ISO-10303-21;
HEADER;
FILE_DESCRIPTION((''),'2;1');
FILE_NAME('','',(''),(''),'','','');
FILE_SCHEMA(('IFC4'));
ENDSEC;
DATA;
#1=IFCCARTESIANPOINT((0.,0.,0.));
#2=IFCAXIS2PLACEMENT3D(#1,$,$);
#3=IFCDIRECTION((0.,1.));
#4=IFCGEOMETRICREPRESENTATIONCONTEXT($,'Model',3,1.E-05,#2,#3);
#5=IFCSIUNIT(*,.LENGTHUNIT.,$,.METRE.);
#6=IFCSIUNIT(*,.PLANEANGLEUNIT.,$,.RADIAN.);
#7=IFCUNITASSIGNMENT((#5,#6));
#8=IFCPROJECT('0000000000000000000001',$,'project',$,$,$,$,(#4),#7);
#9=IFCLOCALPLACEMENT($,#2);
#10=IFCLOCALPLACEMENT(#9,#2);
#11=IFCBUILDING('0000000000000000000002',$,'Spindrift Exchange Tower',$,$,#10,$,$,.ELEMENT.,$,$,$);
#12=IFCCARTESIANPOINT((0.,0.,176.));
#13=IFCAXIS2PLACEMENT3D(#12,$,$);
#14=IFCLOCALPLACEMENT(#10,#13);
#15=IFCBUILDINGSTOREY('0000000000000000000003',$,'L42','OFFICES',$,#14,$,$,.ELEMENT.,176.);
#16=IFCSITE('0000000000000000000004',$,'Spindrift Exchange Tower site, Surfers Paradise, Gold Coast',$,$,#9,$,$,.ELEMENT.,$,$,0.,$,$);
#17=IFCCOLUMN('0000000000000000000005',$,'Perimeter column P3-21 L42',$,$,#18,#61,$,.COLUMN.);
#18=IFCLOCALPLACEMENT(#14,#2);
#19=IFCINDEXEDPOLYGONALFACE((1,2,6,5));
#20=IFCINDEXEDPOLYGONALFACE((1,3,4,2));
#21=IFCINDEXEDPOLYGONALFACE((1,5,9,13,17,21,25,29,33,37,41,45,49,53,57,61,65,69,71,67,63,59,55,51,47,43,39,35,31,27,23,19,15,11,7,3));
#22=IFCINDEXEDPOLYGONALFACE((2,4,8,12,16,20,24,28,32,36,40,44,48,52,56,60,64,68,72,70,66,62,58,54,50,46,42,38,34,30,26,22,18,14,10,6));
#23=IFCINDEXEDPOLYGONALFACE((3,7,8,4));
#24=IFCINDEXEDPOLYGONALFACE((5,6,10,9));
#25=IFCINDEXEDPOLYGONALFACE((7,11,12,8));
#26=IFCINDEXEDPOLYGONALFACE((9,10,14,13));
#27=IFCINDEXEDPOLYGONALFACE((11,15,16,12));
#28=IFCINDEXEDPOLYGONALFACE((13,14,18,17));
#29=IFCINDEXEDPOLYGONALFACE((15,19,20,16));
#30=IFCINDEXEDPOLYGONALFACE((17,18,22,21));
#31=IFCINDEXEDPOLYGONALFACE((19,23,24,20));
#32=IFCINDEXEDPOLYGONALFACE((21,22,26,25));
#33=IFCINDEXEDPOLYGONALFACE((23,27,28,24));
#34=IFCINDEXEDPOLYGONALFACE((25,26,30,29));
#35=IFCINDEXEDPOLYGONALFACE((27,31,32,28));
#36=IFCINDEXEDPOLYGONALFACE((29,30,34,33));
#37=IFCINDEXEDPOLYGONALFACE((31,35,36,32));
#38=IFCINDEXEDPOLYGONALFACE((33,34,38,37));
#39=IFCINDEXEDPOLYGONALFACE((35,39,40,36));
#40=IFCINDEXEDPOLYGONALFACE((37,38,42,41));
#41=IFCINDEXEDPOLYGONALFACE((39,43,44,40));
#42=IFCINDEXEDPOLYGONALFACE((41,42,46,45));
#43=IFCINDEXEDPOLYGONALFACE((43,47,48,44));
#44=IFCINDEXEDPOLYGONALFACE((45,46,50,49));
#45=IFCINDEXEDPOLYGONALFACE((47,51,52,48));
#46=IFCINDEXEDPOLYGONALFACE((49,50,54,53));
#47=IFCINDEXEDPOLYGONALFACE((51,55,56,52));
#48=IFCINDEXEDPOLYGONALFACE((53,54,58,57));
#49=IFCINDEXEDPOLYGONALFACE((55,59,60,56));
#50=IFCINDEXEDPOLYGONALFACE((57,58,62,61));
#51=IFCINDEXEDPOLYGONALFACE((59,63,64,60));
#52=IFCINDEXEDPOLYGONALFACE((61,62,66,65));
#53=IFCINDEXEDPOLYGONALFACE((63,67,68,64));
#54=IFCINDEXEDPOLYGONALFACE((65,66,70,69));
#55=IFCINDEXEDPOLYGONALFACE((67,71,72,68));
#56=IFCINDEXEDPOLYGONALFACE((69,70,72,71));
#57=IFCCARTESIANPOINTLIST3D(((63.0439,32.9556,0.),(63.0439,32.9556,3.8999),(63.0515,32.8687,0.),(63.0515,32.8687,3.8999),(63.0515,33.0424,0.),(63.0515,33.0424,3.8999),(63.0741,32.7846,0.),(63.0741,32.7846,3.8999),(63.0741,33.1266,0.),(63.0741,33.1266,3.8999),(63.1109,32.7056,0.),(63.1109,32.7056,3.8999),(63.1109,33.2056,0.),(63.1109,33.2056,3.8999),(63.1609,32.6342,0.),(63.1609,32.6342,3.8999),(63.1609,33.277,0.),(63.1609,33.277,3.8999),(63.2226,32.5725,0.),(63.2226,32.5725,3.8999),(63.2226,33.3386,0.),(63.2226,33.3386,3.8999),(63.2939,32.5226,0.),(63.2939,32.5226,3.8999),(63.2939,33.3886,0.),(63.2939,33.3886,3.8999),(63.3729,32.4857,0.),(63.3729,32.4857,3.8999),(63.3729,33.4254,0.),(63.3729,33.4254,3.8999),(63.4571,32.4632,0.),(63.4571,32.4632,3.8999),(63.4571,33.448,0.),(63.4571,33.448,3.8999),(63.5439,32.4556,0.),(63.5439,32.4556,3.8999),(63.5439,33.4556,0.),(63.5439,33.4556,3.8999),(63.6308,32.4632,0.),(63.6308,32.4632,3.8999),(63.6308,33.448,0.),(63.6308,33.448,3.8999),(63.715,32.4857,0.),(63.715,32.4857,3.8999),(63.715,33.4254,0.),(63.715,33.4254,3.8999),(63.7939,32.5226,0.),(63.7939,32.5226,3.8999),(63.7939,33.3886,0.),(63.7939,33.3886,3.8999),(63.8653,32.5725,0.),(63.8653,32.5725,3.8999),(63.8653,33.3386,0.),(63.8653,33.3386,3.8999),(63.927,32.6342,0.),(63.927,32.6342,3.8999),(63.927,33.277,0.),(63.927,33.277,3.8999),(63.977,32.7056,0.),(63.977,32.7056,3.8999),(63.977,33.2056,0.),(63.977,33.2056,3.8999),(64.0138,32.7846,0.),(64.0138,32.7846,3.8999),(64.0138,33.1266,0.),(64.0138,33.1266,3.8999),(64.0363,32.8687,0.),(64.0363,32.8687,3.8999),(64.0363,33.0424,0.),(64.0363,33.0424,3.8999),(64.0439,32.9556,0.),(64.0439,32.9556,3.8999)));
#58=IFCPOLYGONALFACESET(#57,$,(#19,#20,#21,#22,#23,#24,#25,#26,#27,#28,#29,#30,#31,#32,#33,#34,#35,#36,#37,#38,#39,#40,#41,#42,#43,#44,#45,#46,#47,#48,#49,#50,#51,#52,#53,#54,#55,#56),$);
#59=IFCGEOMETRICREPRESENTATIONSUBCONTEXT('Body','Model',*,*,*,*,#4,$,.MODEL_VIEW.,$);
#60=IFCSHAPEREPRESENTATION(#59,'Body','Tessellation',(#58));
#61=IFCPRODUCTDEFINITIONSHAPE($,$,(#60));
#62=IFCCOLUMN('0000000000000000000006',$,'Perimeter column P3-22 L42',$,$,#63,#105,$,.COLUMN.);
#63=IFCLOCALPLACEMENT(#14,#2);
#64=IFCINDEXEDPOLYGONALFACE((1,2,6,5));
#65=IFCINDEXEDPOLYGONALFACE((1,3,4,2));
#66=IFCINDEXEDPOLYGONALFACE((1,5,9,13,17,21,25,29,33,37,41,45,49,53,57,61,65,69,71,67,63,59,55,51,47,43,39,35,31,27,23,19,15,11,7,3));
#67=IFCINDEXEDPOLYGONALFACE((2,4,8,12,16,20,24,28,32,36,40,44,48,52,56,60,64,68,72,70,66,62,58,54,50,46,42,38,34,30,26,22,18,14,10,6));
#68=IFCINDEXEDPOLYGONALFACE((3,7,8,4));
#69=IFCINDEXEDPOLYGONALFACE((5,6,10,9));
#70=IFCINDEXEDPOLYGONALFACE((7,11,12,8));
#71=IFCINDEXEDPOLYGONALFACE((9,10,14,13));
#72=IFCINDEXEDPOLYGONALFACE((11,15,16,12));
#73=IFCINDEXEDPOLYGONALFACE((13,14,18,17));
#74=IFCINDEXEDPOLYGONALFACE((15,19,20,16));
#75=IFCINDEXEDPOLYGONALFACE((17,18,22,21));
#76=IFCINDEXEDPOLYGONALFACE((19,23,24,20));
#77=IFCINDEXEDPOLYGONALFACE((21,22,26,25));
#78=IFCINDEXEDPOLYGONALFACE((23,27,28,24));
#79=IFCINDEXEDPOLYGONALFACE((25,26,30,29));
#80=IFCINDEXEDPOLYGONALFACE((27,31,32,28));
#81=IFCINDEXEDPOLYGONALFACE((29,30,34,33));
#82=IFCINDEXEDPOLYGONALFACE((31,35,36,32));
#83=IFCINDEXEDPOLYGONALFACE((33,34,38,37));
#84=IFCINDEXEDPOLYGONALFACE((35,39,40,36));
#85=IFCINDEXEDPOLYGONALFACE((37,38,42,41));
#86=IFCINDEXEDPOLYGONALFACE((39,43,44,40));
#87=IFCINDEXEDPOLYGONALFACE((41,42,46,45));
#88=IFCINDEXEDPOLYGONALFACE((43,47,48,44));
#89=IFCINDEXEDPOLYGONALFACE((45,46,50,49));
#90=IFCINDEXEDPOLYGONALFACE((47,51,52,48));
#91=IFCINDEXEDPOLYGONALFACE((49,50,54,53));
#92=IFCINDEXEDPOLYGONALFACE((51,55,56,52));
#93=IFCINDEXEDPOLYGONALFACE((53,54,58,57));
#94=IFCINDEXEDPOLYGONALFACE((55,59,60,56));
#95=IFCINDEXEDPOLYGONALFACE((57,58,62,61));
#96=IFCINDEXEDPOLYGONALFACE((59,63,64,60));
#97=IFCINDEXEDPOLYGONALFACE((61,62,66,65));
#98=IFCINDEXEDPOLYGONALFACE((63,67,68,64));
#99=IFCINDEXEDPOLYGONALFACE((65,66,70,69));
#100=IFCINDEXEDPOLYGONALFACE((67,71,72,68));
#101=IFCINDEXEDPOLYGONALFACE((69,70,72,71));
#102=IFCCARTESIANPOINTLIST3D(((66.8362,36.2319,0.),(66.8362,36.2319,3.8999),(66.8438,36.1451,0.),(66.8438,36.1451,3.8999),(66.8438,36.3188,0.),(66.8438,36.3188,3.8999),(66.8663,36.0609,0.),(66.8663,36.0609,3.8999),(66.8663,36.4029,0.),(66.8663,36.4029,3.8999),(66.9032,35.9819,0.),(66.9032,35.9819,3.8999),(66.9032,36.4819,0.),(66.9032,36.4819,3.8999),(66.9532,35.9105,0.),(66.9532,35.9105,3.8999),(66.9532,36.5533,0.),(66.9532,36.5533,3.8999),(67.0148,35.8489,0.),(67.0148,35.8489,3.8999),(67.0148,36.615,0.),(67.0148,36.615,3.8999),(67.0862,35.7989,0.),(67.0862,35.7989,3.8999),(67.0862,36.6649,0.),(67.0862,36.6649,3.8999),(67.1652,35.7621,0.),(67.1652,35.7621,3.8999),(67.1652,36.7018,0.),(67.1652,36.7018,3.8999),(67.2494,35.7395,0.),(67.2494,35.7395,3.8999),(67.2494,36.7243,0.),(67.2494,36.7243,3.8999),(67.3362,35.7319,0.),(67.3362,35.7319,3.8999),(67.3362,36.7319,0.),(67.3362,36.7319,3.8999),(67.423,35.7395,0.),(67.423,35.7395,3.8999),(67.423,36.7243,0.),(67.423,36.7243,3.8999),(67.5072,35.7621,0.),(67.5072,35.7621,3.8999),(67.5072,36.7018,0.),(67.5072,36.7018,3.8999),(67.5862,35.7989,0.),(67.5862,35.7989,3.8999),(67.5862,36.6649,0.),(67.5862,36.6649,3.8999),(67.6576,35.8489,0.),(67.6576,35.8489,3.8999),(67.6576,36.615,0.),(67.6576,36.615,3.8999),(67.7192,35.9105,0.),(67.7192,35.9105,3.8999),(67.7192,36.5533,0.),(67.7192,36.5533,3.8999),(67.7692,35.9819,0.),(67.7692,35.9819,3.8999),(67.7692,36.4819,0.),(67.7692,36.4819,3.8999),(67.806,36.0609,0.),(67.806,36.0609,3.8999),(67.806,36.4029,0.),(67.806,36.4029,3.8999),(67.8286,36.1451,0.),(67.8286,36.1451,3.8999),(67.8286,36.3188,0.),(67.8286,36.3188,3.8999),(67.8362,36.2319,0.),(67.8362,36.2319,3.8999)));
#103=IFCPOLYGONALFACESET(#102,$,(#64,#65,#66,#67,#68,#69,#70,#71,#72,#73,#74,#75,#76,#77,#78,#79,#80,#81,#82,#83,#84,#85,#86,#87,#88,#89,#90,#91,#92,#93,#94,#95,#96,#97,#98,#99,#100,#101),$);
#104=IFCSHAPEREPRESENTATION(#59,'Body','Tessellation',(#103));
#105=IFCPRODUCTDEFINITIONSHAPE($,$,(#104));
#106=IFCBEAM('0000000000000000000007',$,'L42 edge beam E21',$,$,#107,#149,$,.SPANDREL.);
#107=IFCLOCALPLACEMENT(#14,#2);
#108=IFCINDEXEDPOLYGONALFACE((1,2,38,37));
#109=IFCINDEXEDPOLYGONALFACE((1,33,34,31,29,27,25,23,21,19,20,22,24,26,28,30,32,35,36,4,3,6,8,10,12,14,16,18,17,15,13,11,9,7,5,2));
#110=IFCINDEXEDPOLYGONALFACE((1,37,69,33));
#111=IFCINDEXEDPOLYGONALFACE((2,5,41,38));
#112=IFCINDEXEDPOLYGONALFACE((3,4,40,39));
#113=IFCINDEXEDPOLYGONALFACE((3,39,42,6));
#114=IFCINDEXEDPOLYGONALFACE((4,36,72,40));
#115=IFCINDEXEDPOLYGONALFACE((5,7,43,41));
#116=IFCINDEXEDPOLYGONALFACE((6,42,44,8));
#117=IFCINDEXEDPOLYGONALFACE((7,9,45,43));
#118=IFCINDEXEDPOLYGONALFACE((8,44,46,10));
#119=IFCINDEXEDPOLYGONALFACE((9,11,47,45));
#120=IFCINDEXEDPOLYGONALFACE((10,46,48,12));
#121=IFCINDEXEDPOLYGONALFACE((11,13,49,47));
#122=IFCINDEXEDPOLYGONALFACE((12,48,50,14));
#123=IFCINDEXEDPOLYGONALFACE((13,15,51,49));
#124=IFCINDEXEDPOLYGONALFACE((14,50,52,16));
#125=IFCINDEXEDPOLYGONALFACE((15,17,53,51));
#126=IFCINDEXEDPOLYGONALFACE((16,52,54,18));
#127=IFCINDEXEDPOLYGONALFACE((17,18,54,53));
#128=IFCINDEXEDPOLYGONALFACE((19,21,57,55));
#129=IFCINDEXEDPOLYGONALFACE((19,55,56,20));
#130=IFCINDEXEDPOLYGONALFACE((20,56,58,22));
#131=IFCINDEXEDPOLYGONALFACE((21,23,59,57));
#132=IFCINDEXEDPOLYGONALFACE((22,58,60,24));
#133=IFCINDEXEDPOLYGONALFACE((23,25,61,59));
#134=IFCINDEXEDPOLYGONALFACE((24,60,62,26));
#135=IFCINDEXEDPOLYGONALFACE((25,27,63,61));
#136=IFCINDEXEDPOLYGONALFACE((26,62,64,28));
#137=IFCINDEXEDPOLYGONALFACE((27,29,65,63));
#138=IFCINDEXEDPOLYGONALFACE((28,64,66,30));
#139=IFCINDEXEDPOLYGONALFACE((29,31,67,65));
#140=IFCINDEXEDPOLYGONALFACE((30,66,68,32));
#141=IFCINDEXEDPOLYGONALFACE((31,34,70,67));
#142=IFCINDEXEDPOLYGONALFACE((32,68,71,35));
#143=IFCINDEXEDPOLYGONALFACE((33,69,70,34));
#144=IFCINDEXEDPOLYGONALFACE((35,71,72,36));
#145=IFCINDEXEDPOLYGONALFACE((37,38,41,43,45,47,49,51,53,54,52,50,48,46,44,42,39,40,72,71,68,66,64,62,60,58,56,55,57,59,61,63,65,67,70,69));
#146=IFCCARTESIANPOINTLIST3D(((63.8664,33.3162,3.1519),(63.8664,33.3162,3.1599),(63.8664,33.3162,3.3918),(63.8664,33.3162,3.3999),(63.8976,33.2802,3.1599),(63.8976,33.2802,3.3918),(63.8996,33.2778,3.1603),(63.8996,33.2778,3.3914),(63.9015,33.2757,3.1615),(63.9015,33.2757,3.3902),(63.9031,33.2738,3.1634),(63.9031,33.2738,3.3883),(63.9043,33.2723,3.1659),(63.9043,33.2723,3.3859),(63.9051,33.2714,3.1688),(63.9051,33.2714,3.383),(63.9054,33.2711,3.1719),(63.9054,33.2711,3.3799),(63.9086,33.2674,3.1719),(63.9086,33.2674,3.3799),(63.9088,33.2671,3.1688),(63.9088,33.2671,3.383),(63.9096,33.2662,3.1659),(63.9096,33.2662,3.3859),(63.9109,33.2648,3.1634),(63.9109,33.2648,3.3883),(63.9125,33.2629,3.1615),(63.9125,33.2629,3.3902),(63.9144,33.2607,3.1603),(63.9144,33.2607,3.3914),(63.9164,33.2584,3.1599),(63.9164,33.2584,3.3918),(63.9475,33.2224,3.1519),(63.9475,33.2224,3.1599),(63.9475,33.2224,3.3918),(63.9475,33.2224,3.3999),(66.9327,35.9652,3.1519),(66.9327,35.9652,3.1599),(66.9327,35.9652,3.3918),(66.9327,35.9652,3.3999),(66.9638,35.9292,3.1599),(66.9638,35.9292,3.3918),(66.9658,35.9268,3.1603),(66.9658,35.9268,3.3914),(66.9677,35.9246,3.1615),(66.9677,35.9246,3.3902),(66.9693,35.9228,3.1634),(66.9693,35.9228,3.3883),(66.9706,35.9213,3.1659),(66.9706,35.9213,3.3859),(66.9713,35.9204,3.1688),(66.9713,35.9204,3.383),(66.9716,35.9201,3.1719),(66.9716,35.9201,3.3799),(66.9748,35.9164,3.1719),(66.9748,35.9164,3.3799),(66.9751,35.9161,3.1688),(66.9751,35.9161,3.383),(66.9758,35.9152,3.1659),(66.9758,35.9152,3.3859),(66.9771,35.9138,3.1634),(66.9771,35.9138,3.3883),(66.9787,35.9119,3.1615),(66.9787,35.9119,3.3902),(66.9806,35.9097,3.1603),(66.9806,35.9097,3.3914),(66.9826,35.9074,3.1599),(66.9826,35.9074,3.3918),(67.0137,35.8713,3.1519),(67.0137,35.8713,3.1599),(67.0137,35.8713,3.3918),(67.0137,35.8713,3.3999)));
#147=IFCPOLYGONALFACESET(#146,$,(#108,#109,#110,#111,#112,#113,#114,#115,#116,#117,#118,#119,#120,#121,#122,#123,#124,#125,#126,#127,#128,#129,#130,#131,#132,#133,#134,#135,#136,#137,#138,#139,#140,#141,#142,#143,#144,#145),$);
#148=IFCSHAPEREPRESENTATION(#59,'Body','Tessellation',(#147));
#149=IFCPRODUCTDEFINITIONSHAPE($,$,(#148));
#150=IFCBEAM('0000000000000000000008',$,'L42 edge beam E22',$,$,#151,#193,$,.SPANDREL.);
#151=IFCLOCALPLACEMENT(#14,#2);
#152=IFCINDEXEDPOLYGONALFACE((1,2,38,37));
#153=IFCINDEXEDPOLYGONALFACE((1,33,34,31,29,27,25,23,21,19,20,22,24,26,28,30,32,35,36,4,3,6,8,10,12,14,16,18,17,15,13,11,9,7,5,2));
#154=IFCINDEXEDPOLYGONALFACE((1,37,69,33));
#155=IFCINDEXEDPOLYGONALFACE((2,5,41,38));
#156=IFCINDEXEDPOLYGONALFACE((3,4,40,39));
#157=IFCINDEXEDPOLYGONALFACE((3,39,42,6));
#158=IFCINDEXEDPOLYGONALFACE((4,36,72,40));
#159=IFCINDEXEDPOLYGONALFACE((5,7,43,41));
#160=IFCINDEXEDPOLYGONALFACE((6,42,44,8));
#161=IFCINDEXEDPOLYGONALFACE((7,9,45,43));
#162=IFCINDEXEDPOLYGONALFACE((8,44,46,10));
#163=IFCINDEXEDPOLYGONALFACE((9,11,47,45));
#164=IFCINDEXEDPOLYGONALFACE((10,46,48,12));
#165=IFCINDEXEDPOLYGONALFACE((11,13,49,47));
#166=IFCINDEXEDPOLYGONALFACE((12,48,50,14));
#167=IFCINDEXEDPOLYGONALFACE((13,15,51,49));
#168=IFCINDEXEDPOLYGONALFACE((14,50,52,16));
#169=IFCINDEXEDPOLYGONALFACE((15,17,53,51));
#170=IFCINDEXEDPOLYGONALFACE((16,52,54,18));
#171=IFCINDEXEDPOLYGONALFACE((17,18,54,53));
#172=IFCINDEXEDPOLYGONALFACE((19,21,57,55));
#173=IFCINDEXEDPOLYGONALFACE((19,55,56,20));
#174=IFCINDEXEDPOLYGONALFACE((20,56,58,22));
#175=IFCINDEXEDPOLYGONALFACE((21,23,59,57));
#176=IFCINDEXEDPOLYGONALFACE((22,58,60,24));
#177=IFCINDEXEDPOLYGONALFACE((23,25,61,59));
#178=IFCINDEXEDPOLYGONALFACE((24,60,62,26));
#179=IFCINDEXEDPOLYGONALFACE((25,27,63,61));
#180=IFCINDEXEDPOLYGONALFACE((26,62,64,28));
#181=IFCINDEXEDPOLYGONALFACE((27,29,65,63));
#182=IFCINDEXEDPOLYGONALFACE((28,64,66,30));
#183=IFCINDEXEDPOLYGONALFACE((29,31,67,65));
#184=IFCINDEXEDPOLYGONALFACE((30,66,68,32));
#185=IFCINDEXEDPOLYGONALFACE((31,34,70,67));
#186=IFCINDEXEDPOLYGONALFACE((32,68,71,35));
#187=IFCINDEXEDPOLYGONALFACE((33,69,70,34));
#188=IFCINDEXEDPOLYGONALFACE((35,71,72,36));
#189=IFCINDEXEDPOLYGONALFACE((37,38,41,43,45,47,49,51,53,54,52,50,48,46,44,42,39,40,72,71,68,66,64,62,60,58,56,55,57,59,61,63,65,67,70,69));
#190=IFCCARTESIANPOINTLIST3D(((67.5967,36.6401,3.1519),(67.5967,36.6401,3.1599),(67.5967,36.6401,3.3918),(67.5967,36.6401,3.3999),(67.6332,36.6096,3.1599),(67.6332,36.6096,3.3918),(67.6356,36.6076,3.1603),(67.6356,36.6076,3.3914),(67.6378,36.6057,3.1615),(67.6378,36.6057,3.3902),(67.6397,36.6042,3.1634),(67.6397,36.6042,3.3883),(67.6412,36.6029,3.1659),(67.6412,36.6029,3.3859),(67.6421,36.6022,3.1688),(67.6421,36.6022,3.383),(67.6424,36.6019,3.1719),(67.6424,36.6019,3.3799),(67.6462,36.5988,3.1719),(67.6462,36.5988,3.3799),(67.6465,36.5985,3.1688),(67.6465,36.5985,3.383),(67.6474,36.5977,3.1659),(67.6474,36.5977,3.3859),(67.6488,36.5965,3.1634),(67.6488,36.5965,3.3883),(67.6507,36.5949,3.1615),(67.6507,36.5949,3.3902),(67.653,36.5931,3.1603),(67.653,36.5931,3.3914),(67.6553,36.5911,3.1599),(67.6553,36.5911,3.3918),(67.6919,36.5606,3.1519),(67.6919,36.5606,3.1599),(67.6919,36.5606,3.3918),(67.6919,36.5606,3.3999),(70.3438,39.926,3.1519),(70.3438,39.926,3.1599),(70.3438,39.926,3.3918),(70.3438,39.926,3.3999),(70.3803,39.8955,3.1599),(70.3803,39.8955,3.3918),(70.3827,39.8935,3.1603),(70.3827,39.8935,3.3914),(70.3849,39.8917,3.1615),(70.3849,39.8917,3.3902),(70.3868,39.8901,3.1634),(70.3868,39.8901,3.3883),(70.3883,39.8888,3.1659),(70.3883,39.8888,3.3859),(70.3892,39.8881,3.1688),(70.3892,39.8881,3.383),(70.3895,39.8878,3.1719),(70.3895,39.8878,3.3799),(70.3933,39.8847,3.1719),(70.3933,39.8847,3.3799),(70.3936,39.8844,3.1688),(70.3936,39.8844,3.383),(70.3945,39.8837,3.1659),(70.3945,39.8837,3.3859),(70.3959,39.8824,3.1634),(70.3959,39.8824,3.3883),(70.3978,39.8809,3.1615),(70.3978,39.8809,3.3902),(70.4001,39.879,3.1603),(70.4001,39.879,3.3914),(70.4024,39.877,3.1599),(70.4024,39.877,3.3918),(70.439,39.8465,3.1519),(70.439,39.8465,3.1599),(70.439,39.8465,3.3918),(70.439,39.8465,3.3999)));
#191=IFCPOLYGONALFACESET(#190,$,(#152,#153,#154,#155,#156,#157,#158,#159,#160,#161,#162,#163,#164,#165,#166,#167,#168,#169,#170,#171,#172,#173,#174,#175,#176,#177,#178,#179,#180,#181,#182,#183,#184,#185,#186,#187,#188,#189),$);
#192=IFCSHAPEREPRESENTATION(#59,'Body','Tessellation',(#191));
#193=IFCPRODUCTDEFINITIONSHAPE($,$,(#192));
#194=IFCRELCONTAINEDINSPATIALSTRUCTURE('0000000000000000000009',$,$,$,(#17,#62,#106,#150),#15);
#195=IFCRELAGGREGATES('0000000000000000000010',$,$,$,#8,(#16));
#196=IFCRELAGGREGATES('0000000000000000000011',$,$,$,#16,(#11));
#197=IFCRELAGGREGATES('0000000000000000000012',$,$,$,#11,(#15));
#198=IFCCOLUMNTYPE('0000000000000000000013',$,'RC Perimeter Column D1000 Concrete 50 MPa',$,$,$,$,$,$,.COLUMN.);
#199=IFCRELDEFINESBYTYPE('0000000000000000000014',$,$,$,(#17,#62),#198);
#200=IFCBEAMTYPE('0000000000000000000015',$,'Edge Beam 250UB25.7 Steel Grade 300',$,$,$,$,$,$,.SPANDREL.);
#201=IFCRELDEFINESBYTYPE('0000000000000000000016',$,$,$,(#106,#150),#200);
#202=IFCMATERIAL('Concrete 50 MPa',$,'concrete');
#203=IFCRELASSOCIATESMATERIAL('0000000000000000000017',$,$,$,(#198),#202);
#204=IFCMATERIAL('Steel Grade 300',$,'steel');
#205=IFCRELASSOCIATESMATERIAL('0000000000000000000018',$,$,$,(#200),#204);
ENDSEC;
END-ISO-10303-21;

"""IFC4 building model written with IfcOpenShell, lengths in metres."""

from ifc_helpers import new_model, si_unit, direction, frame, origin, origin_2d, place, context, subcontext, project, spatial, circle, i_section, extrude, source, transform, mapped, material, material_profile, profile_set, type_object, element, save


model = new_model("IFC4")

# Units and contexts
model_context = context("Model", 3, precision=1e-05, world=origin(), true_north=direction((0.0, 1.0)))
body_context = subcontext(model_context, "Body", "Model", "MODEL_VIEW")
ifc_project = project(units=[si_unit("LENGTHUNIT", "METRE"), si_unit("PLANEANGLEUNIT", "RADIAN")], contexts=[model_context])

# Site, building, storey
site_placement = place(None, origin())
site = spatial("IfcSite", under=ifc_project, at=site_placement, Name="Spindrift Exchange Tower site, Surfers Paradise, Gold Coast", CompositionType="ELEMENT", RefElevation=0.0)
building_placement = place(site_placement, origin())
building = spatial("IfcBuilding", under=site, at=building_placement, Name="Spindrift Exchange Tower", CompositionType="ELEMENT")
storey_placement = place(building_placement, frame((0.0, 0.0, 176.0)))
storey = spatial("IfcBuildingStorey", under=building, at=storey_placement, Name="L42", Description="OFFICES", CompositionType="ELEMENT", Elevation=176.0)

# Columns
ifc_material_1 = material(Name="Concrete 50 MPa", Category="concrete")
ifc_material_profile_1 = material_profile(ifc_material_1, circle(Radius=0.5, at=origin_2d()), Name="RC D1000")
ifc_profile_set_1 = profile_set([ifc_material_profile_1], Name="Concrete 50 MPa")
column_type = type_object("IfcColumnType", Name="RC Perimeter Column D1000 Concrete 50 MPa", PredefinedType="COLUMN", material=ifc_profile_set_1)
shared_shape_1 = source(origin(), body_context, "Body", "SweptSolid", [
    extrude(circle(Radius=0.5, at=origin_2d()), origin(), (0.0, 0.0, 1.0), 3.8999),
])
for number, where, z_axis, x_axis, name in (
    (1, (63.5439, 32.9556, 0.0), (0.0, 0.0, 1.0), (1.0, 0.0, 0.0), "Perimeter column P3-21 L42"),
    (2, (67.3362, 36.2319, 0.0), (0.0, 0.0, 1.0), (1.0, 0.0, 0.0), "Perimeter column P3-22 L42"),
):
    element("IfcColumn", number, at=place(storey_placement, frame(where, z_axis=z_axis, x_axis=x_axis)), inside=storey, type_object=column_type, Name=name, PredefinedType="COLUMN", context=body_context, shape_type="MappedRepresentation", body=[
        mapped(shared_shape_1, transform((0.0, 0.0, 0.0), scale=1.0)),
    ])

# Beams
ifc_material_2 = material(Name="Steel Grade 300", Category="steel")
ifc_material_profile_2 = material_profile(ifc_material_2, i_section(OverallWidth=0.124, OverallDepth=0.248, WebThickness=0.0049, FlangeThickness=0.0081, FilletRadius=0.012, at=origin_2d()), Name="250UB25.7")
ifc_profile_set_2 = profile_set([ifc_material_profile_2], Name="Steel Grade 300")
beam_type = type_object("IfcBeamType", Name="Edge Beam 250UB25.7 Steel Grade 300", PredefinedType="SPANDREL", material=ifc_profile_set_2)
shared_shape_2 = source(origin(), body_context, "Body", "SweptSolid", [
    extrude(i_section(OverallWidth=0.124, OverallDepth=0.248, WebThickness=0.0049, FlangeThickness=0.0081, FilletRadius=0.012, at=origin_2d()), origin(), (0.0, 0.0, 1.0), 4.052),
])
beam_1_placement = place(storey_placement, frame((63.907, 33.2693, 3.2759), z_axis=(0.756716, 0.653744, 0.0), x_axis=(-0.653744, 0.756716, 0.0)))
element("IfcBeam", 3, at=beam_1_placement, inside=storey, type_object=beam_type, Name="L42 edge beam E21", PredefinedType="SPANDREL", context=body_context, shape_type="MappedRepresentation", body=[
    mapped(shared_shape_2, transform((0.0, 0.0, 0.0), scale=1.0)),
])
shared_shape_3 = source(origin(), body_context, "Body", "SweptSolid", [
    extrude(i_section(OverallWidth=0.124, OverallDepth=0.248, WebThickness=0.0049, FlangeThickness=0.0081, FilletRadius=0.012, at=origin_2d()), origin(), (0.0, 0.0, 1.0), 4.283),
])
beam_2_placement = place(storey_placement, frame((67.6443, 36.6003, 3.2759), z_axis=(0.6414, 0.767206, 0.0), x_axis=(-0.767206, 0.6414, 0.0)))
element("IfcBeam", 4, at=beam_2_placement, inside=storey, type_object=beam_type, Name="L42 edge beam E22", PredefinedType="SPANDREL", context=body_context, shape_type="MappedRepresentation", body=[
    mapped(shared_shape_3, transform((0.0, 0.0, 0.0), scale=1.0)),
])

save(model, "model.ifc")
